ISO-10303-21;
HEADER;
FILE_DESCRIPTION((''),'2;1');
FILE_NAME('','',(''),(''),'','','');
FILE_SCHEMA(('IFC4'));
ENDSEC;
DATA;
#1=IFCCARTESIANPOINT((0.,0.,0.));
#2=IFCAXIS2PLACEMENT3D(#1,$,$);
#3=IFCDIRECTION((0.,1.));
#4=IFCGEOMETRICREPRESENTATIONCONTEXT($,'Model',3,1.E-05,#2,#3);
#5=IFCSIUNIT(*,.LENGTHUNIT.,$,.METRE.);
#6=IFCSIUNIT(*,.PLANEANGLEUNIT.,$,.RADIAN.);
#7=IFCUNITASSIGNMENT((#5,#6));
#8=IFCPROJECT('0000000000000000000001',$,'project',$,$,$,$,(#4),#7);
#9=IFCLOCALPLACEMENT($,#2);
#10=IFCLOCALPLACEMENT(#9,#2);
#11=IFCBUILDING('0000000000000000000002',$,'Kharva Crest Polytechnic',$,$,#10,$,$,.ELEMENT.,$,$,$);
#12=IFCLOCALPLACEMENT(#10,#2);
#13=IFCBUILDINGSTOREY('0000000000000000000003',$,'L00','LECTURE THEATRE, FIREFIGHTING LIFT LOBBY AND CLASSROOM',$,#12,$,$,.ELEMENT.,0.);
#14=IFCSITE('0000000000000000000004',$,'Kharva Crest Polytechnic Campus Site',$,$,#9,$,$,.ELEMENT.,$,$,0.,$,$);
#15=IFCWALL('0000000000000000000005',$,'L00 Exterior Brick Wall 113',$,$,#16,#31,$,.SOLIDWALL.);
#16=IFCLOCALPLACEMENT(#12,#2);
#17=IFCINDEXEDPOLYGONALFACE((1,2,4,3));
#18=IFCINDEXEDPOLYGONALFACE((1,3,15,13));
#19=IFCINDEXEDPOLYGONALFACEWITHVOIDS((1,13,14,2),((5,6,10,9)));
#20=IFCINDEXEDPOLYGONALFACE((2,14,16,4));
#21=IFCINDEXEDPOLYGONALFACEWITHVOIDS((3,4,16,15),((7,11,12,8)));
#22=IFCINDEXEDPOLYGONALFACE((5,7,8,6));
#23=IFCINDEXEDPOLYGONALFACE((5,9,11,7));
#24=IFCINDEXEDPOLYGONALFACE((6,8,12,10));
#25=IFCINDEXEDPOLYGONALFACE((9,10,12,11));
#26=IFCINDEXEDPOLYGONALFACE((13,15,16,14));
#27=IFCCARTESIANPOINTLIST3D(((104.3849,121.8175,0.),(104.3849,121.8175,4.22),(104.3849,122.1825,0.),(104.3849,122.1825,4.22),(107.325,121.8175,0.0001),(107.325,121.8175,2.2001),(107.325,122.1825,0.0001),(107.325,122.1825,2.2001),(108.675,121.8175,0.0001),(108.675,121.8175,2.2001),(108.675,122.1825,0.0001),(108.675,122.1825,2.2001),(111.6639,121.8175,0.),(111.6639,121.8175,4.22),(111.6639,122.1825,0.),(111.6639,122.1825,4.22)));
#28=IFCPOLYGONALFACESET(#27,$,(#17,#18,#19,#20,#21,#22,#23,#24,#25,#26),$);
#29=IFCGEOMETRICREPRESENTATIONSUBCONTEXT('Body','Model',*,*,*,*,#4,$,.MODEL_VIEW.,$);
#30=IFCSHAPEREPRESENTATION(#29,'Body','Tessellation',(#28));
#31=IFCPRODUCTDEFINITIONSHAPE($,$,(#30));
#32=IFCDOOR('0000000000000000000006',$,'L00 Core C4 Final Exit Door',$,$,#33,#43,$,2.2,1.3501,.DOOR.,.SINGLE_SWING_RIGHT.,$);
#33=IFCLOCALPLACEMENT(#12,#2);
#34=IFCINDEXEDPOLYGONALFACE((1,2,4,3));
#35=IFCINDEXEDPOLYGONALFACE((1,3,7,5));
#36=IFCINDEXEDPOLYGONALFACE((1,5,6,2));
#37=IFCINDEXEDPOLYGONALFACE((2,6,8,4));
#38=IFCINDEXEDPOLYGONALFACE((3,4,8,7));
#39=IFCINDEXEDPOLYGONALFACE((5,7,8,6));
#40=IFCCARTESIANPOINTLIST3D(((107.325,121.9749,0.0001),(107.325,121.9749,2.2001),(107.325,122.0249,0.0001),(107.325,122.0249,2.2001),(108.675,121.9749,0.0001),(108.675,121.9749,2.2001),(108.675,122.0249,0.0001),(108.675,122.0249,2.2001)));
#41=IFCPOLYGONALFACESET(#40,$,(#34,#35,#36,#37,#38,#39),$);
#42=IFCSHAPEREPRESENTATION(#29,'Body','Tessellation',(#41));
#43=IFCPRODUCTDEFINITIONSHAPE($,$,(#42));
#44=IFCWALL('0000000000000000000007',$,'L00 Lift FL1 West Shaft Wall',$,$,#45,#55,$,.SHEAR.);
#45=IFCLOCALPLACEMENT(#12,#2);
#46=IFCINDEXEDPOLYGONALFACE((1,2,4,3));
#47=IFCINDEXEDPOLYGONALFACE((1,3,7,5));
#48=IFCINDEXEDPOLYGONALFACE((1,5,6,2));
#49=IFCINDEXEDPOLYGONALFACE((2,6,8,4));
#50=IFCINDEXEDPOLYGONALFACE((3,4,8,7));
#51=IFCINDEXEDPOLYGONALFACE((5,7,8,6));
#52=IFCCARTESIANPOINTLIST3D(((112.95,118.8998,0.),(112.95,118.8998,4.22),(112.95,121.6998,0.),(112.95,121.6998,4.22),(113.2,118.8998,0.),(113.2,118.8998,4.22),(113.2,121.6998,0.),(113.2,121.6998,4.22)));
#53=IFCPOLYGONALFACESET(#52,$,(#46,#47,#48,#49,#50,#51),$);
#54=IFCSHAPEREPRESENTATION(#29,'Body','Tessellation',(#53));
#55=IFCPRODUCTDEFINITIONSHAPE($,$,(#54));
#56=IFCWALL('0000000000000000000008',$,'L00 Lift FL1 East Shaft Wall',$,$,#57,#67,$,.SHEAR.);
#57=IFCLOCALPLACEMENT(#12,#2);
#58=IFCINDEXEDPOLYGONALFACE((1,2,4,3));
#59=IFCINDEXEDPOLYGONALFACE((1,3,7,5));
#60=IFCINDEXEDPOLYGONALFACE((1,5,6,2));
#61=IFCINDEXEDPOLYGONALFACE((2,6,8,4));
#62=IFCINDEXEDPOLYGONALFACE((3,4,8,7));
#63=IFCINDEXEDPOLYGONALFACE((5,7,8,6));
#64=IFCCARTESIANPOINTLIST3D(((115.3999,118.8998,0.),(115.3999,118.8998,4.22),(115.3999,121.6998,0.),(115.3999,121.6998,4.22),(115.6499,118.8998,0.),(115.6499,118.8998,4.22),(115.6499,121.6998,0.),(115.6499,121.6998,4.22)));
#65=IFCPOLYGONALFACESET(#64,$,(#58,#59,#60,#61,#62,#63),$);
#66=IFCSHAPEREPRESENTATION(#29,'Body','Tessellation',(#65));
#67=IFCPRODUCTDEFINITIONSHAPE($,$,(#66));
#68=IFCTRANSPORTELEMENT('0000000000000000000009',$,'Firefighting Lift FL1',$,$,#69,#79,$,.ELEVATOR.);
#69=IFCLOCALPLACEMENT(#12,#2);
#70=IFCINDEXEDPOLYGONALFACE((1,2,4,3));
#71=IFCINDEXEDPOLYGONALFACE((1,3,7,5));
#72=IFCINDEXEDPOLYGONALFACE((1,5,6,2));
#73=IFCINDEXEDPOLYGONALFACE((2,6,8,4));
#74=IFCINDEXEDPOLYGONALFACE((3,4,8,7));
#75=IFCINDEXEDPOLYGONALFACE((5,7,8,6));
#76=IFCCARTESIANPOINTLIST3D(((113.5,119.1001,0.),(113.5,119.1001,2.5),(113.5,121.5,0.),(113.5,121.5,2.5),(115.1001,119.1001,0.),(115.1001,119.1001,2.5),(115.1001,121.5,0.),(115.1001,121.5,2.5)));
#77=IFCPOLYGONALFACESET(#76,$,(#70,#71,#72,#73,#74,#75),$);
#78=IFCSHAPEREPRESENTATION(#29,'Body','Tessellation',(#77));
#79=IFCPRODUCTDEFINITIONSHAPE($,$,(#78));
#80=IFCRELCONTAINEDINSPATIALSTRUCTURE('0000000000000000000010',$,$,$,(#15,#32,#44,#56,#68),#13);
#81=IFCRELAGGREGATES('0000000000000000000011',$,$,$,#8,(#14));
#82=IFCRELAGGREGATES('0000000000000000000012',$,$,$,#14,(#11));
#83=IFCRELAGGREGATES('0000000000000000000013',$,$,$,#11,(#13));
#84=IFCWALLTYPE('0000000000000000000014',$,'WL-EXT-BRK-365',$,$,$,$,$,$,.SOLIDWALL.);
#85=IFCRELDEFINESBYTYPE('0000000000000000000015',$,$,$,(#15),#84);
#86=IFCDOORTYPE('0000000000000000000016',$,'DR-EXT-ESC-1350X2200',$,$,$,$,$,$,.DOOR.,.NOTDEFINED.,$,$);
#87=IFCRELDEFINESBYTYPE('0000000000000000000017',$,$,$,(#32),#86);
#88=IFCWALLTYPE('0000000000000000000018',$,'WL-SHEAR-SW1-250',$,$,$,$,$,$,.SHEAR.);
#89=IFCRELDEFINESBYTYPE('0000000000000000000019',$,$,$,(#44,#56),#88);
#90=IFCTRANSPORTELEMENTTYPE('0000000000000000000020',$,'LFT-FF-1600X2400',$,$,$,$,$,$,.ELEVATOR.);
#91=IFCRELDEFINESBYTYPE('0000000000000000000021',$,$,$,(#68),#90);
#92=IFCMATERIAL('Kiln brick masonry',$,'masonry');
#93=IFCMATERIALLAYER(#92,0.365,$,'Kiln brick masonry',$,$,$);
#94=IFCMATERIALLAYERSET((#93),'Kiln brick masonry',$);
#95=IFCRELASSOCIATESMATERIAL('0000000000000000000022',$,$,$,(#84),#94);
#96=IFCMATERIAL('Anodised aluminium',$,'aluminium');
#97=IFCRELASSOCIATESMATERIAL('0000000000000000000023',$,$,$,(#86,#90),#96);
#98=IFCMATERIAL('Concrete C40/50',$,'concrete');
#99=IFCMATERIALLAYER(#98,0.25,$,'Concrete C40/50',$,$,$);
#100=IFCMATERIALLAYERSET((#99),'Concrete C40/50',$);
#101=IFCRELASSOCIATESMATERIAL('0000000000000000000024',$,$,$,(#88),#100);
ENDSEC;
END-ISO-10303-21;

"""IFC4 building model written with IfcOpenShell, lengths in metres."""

from ifc_helpers import new_model, si_unit, direction, frame, frame_2d, origin, origin_2d, place, context, subcontext, project, spatial, rectangle, extrude, material, layer, layer_set, type_object, element, fill, save


model = new_model("IFC4")

# Units and contexts
model_context = context("Model", 3, precision=1e-05, world=origin(), true_north=direction((0.0, 1.0)))
body_context = subcontext(model_context, "Body", "Model", "MODEL_VIEW")
ifc_project = project(units=[si_unit("LENGTHUNIT", "METRE"), si_unit("PLANEANGLEUNIT", "RADIAN")], contexts=[model_context])

# Site, building, storey
site_placement = place(None, origin())
site = spatial("IfcSite", under=ifc_project, at=site_placement, Name="Kharva Crest Polytechnic Campus Site", CompositionType="ELEMENT", RefElevation=0.0)
building_placement = place(site_placement, origin())
building = spatial("IfcBuilding", under=site, at=building_placement, Name="Kharva Crest Polytechnic", CompositionType="ELEMENT")
storey_placement = place(building_placement, origin())
storey = spatial("IfcBuildingStorey", under=building, at=storey_placement, Name="L00", Description="LECTURE THEATRE, FIREFIGHTING LIFT LOBBY AND CLASSROOM", CompositionType="ELEMENT", Elevation=0.0)

# Shared definitions
ifc_material_1 = material(Name="Concrete C40/50", Category="concrete")

# Wall, opening, door
ifc_material_2 = material(Name="Kiln brick masonry", Category="masonry")
ifc_layer_1 = layer(ifc_material_2, 0.365, Name="Kiln brick masonry")
ifc_layer_set_1 = layer_set([ifc_layer_1], Name="Kiln brick masonry")
wall_type_1 = type_object("IfcWallType", Name="WL-EXT-BRK-365", PredefinedType="SOLIDWALL", material=ifc_layer_set_1)
wall_1_placement = place(storey_placement, frame((111.6641, 122.0, 0.0), z_axis=(0.0, 0.0, 1.0), x_axis=(-1.0, 0.0, 0.0)))
wall_1 = element("IfcWall", 1, at=wall_1_placement, inside=storey, type_object=wall_type_1, Name="L00 Exterior Brick Wall 113", PredefinedType="SOLIDWALL", context=body_context, shape_type="SweptSolid", body=[
    extrude(rectangle(XDim=7.2791, YDim=0.365, at=frame_2d((3.6396, 0.0))), origin(), (0.0, 0.0, 1.0), 4.22),
])
opening_1_placement = place(wall_1_placement, frame((2.989, 0.0, 0.0)))
opening_1 = element("IfcOpeningElement", 2, at=opening_1_placement, cuts=wall_1, PredefinedType="OPENING", context=body_context, shape_type="SweptSolid", body=[
    extrude(rectangle(XDim=1.3501, YDim=2.2, at=frame_2d((0.675, 1.1001))), frame((0.0, 0.1924, 0.0), z_axis=(0.0, -1.0, 0.0), x_axis=(1.0, 0.0, 0.0)), (0.0, 0.0, 1.0), 0.385),
])
ifc_material_3 = material(Name="Anodised aluminium", Category="aluminium")
door_type_1 = type_object("IfcDoorType", Name="DR-EXT-ESC-1350X2200", OperationType="NOTDEFINED", PredefinedType="DOOR", material=ifc_material_3)
door_1_placement = place(opening_1_placement, frame((1.3501, 0.0, 0.0), z_axis=(0.0, 0.0, 1.0), x_axis=(-1.0, 0.0, 0.0)))
door_1 = element("IfcDoor", 3, at=door_1_placement, inside=storey, type_object=door_type_1, Name="L00 Core C4 Final Exit Door", OperationType="SINGLE_SWING_RIGHT", OverallHeight=2.2, OverallWidth=1.3501, PredefinedType="DOOR", context=body_context, shape_type="SweptSolid", body=[
    extrude(rectangle(XDim=1.3501, YDim=2.2, at=frame_2d((0.675, 1.1001))), frame((0.0, 0.0249, 0.0), z_axis=(0.0, -1.0, 0.0), x_axis=(1.0, 0.0, 0.0)), (0.0, 0.0, 1.0), 0.05),
])
fill(opening_1, door_1)
ifc_layer_2 = layer(ifc_material_1, 0.25, Name="Concrete C40/50")
ifc_layer_set_2 = layer_set([ifc_layer_2], Name="Concrete C40/50")
wall_type_2 = type_object("IfcWallType", Name="WL-SHEAR-SW1-250", PredefinedType="SHEAR", material=ifc_layer_set_2)

# Walls
for number, where, z_axis, x_axis, name in (
    (4, (113.075, 118.8999, 0.0), (0.0, 0.0, 1.0), (0.0, 1.0, 0.0), "L00 Lift FL1 West Shaft Wall"),
    (5, (115.5249, 118.8999, 0.0), (0.0, 0.0, 1.0), (0.0, 1.0, 0.0), "L00 Lift FL1 East Shaft Wall"),
):
    element("IfcWall", number, at=place(storey_placement, frame(where, z_axis=z_axis, x_axis=x_axis)), inside=storey, type_object=wall_type_2, Name=name, PredefinedType="SHEAR", context=body_context, shape_type="SweptSolid", body=[
        extrude(rectangle(XDim=2.8, YDim=0.25, at=frame_2d((1.3999, 0.0))), origin(), (0.0, 0.0, 1.0), 4.22),
    ])

# Transport element
transport_element_type = type_object("IfcTransportElementType", Name="LFT-FF-1600X2400", PredefinedType="ELEVATOR", material=ifc_material_3)
transport_element_placement = place(storey_placement, frame((114.3, 120.3, 0.0), z_axis=(0.0, 0.0, 1.0), x_axis=(1.0, 0.0, 0.0)))
element("IfcTransportElement", 6, at=transport_element_placement, inside=storey, type_object=transport_element_type, Name="Firefighting Lift FL1", PredefinedType="ELEVATOR", context=body_context, shape_type="SweptSolid", body=[
    extrude(rectangle(XDim=1.6001, YDim=2.3999, at=origin_2d()), origin(), (0.0, 0.0, 1.0), 2.5),
])

save(model, "model.ifc")
